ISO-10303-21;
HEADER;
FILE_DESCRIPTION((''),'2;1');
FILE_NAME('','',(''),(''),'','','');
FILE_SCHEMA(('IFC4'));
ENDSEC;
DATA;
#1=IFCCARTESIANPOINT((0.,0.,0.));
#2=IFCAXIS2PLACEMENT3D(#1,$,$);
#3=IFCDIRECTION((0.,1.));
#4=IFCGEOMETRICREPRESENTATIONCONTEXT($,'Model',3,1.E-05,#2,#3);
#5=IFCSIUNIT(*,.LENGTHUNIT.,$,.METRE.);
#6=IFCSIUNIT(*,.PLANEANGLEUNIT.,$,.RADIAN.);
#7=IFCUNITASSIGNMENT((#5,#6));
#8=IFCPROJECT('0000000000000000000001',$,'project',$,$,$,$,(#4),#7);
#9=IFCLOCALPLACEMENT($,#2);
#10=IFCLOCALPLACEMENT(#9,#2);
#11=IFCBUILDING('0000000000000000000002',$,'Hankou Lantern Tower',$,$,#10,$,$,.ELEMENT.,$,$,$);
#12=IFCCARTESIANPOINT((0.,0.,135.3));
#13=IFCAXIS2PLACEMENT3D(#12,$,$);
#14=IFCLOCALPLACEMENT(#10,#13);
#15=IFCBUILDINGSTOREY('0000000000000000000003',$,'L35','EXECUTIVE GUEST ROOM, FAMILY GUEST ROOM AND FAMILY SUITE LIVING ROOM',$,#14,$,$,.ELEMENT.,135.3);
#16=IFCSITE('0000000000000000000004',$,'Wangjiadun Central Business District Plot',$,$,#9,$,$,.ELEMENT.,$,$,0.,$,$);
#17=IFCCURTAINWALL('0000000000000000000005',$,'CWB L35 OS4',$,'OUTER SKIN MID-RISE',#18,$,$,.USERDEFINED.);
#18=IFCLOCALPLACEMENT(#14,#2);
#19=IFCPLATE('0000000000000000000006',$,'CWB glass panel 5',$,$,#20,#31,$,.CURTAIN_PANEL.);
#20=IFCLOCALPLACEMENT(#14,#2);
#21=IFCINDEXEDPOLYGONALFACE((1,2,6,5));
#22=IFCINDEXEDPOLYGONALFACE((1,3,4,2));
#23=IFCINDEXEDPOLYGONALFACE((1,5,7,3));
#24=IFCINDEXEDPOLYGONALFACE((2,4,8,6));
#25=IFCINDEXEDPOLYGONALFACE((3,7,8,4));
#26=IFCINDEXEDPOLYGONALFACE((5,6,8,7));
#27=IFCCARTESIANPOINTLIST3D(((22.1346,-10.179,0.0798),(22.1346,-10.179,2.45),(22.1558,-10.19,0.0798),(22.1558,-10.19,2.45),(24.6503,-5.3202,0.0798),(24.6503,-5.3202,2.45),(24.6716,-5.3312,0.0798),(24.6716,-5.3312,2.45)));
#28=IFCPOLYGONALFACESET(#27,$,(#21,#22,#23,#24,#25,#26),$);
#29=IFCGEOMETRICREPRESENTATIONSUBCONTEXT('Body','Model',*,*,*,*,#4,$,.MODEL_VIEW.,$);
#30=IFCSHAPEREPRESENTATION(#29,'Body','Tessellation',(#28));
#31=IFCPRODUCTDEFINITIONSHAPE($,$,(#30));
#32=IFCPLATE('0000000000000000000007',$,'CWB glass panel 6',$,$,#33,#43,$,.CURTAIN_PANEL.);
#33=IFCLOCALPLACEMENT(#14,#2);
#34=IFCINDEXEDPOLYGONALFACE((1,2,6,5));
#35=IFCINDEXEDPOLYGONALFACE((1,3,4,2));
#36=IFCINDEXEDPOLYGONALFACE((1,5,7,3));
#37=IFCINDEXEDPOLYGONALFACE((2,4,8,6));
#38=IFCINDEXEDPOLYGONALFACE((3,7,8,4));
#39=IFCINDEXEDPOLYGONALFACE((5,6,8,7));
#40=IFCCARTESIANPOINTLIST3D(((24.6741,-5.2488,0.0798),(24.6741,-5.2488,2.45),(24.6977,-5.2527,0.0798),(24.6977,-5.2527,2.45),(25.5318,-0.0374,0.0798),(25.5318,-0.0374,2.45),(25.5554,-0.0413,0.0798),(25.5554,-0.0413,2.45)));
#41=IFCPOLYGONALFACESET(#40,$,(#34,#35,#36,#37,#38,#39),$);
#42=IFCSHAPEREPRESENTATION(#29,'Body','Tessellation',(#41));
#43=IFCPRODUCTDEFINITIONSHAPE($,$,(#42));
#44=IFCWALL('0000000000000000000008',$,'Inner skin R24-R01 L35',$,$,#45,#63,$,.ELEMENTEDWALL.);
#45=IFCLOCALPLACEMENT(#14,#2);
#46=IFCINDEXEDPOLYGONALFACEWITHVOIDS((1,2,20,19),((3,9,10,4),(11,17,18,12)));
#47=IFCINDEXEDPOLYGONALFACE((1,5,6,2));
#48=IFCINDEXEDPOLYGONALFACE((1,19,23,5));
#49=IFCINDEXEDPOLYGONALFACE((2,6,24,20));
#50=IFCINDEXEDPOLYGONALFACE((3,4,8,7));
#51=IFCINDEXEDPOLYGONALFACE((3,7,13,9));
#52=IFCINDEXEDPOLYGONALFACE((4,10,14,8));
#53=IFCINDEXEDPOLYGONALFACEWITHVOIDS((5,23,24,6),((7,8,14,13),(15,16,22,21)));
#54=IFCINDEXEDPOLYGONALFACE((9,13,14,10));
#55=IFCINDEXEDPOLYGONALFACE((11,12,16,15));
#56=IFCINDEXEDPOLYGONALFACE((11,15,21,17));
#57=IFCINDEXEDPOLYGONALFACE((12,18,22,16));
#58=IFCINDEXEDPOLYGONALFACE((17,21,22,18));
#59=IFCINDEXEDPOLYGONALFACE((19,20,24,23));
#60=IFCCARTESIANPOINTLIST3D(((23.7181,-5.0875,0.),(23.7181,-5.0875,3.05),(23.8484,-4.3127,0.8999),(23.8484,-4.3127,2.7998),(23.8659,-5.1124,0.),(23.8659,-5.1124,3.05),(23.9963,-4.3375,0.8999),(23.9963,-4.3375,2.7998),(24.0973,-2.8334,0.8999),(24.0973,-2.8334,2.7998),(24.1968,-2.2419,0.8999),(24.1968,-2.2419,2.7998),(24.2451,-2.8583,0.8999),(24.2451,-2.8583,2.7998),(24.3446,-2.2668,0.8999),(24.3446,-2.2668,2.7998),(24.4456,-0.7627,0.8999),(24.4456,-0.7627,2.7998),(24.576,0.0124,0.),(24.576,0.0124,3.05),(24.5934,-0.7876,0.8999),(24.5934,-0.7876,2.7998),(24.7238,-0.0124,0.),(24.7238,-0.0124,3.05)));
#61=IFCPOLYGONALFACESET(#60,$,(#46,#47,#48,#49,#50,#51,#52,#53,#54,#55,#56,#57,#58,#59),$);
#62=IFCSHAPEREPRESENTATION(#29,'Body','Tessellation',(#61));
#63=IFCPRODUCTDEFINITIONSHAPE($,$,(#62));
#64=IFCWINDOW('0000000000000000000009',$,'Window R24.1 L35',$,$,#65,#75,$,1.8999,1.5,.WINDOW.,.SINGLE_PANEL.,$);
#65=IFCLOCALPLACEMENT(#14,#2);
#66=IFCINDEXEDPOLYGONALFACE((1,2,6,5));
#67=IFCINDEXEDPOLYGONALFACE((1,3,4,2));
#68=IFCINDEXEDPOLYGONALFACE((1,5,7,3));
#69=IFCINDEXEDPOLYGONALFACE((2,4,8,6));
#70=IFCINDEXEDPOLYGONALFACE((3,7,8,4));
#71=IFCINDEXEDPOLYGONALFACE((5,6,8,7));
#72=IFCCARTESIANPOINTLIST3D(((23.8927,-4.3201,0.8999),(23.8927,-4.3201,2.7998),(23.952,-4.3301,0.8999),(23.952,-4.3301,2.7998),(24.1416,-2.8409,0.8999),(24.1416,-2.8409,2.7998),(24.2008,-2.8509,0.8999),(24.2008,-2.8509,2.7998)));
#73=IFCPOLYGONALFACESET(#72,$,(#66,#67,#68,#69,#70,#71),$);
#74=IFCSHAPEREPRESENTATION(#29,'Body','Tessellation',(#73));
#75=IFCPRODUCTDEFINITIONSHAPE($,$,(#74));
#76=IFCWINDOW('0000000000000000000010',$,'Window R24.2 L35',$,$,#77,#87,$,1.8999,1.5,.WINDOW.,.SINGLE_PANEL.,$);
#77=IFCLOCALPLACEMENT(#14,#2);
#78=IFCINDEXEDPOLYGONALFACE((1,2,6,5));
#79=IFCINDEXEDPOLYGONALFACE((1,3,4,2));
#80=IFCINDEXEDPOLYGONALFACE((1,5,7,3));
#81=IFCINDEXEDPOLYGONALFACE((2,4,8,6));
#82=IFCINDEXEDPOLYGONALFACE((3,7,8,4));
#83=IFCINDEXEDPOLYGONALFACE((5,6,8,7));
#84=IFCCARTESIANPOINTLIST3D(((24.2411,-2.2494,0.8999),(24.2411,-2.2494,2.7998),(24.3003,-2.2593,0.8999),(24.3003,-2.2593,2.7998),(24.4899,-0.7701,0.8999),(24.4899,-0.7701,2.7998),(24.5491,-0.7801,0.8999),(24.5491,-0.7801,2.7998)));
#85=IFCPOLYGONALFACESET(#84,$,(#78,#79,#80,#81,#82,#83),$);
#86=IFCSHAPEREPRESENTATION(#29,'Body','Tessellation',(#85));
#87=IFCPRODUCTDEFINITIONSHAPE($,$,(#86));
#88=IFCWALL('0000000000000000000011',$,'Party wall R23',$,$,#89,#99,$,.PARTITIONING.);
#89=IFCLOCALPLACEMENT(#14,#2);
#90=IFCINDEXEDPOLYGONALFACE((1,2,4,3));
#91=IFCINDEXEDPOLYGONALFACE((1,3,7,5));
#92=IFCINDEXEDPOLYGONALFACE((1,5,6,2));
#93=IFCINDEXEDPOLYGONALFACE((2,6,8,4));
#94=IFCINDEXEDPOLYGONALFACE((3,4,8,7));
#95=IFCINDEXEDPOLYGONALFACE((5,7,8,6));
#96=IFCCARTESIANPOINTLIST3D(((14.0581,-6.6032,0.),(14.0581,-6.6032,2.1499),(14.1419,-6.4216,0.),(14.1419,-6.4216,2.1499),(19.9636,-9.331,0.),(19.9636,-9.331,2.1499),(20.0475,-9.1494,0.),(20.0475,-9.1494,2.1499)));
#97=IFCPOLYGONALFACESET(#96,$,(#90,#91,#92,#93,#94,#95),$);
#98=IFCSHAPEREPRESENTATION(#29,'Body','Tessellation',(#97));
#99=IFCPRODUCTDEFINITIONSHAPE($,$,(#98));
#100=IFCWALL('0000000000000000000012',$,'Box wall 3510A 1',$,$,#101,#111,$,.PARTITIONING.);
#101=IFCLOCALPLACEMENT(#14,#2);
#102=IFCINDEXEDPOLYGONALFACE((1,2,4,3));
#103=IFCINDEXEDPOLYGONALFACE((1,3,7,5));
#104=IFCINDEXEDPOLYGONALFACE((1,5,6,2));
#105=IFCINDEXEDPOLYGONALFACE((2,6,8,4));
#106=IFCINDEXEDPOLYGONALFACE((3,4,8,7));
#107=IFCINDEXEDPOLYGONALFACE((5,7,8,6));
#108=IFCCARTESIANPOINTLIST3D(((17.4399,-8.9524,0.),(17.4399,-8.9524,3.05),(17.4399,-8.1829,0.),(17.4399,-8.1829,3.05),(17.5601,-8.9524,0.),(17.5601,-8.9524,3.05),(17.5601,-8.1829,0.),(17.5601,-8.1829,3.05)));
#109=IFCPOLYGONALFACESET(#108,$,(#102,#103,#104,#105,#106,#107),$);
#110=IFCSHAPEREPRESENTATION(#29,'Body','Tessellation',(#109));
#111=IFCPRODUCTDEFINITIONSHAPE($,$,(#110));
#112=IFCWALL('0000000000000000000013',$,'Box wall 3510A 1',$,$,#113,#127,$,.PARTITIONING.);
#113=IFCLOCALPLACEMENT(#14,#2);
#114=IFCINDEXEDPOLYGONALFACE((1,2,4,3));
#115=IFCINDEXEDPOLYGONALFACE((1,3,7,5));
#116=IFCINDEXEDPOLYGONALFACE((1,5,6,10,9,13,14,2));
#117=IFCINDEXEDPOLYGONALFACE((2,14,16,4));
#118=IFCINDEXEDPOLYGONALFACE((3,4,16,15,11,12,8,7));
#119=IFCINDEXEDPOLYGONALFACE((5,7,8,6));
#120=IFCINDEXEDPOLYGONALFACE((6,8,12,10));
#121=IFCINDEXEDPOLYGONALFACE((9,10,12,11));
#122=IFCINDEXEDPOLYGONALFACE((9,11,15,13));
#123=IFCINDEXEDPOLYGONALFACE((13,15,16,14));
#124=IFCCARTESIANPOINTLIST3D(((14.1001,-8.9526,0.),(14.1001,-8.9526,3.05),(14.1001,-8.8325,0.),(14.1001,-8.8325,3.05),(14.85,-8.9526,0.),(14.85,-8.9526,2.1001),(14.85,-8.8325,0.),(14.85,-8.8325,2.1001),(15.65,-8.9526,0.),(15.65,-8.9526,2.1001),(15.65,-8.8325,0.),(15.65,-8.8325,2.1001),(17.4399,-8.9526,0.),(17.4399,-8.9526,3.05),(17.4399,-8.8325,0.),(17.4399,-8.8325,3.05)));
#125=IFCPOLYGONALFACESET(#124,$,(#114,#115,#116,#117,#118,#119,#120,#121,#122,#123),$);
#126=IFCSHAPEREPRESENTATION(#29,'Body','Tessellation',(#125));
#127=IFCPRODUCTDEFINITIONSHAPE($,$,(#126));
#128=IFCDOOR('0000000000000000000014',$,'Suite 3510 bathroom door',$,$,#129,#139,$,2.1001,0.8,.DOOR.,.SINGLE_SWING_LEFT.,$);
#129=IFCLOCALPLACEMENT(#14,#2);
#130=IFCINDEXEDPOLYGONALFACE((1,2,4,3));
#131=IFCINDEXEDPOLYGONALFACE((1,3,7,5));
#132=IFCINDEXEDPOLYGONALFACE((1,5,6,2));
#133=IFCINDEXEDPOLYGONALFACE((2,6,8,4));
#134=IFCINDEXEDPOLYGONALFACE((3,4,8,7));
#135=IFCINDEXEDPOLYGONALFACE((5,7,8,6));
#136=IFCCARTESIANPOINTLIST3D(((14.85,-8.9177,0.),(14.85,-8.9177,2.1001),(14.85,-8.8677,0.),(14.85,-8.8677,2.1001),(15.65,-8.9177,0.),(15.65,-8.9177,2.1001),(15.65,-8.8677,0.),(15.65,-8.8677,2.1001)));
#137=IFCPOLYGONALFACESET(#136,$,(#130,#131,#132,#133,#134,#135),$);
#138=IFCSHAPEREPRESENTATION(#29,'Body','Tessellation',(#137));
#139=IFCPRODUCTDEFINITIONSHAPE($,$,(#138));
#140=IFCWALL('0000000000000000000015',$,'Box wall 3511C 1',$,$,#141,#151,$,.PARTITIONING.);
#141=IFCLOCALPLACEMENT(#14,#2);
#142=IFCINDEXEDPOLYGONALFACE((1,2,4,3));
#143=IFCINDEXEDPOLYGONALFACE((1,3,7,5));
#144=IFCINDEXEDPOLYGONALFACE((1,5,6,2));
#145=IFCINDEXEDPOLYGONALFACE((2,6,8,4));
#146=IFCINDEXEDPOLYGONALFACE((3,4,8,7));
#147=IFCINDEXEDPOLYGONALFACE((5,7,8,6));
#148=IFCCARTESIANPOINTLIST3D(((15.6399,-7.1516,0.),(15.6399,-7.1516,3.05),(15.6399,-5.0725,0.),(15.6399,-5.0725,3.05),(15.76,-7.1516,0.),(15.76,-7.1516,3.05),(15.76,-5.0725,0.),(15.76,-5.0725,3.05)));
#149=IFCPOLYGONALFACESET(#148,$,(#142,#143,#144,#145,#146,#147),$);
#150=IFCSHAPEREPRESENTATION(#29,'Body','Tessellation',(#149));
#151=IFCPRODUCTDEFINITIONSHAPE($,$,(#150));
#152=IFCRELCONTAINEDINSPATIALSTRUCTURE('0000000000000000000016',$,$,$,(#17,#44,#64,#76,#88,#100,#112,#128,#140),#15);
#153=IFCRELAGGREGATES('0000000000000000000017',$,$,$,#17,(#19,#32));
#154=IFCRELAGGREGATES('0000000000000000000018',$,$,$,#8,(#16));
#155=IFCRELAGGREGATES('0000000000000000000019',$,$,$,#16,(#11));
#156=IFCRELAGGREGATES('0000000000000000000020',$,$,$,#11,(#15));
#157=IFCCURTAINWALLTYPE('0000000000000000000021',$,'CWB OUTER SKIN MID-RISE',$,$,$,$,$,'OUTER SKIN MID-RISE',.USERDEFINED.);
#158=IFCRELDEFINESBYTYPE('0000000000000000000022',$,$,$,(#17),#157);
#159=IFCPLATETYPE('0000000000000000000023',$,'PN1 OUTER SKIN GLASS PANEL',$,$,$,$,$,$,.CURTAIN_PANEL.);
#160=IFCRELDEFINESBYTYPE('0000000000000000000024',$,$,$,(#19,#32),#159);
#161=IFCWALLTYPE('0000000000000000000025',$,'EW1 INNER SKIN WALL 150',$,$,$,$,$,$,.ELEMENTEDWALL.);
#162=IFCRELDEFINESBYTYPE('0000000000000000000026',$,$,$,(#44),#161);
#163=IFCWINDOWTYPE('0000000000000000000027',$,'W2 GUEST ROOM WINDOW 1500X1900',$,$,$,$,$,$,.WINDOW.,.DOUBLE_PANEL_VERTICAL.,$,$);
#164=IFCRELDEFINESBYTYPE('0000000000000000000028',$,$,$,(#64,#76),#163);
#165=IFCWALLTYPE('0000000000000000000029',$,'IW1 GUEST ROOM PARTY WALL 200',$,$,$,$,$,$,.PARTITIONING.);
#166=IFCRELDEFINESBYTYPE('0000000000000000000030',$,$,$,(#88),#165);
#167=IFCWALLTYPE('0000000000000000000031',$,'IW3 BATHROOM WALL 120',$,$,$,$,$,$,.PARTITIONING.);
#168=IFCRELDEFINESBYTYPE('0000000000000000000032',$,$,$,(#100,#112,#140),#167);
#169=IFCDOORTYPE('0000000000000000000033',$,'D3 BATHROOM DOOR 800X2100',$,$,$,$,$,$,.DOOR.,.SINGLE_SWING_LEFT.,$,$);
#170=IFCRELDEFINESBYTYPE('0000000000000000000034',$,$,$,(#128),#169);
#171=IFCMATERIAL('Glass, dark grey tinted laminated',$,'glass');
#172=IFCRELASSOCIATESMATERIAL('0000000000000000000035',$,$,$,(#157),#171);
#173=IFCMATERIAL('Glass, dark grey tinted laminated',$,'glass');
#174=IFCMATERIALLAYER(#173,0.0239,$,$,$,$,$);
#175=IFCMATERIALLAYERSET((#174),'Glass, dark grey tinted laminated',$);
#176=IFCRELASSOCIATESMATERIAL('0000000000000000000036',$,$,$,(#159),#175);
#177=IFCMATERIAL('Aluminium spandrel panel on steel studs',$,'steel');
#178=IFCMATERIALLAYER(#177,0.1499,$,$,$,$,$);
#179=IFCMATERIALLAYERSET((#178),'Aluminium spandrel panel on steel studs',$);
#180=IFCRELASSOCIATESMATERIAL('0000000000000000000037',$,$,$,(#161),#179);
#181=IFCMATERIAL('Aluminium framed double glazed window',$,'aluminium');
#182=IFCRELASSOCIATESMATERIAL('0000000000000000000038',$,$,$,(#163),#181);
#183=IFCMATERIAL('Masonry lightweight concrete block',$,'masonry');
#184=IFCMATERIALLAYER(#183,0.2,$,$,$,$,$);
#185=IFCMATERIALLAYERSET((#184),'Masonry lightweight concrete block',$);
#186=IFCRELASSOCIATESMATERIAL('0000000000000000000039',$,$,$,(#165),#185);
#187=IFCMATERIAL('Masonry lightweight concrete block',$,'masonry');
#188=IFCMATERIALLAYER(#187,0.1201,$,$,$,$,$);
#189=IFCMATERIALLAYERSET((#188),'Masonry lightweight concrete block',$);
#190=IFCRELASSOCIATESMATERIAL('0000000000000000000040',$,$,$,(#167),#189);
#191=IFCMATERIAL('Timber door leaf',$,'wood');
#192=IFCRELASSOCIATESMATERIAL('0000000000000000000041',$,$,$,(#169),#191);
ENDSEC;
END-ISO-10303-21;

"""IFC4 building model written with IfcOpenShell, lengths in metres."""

from ifc_helpers import new_model, si_unit, direction, frame, frame_2d, origin, origin_2d, place, context, subcontext, project, spatial, rectangle, extrude, material, layer, layer_set, type_object, element, fill, aggregate, save


model = new_model("IFC4")

# Units and contexts
model_context = context("Model", 3, precision=1e-05, world=origin(), true_north=direction((0.0, 1.0)))
body_context = subcontext(model_context, "Body", "Model", "MODEL_VIEW")
ifc_project = project(units=[si_unit("LENGTHUNIT", "METRE"), si_unit("PLANEANGLEUNIT", "RADIAN")], contexts=[model_context])

# Site, building, storey
site_placement = place(None, origin())
site = spatial("IfcSite", under=ifc_project, at=site_placement, Name="Wangjiadun Central Business District Plot", CompositionType="ELEMENT", RefElevation=0.0)
building_placement = place(site_placement, origin())
building = spatial("IfcBuilding", under=site, at=building_placement, Name="Hankou Lantern Tower", CompositionType="ELEMENT")
storey_placement = place(building_placement, frame((0.0, 0.0, 135.3)))
storey = spatial("IfcBuildingStorey", under=building, at=storey_placement, Name="L35", Description="EXECUTIVE GUEST ROOM, FAMILY GUEST ROOM AND FAMILY SUITE LIVING ROOM", CompositionType="ELEMENT", Elevation=135.3)

# Curtain wall
ifc_material_1 = material(Name="Glass, dark grey tinted laminated", Category="glass")
curtain_wall_type = type_object("IfcCurtainWallType", Name="CWB OUTER SKIN MID-RISE", ElementType="OUTER SKIN MID-RISE", PredefinedType="USERDEFINED", material=ifc_material_1)
curtain_wall_placement = place(storey_placement, origin())
curtain_wall = element("IfcCurtainWall", 1, at=curtain_wall_placement, inside=storey, type_object=curtain_wall_type, Name="CWB L35 OS4", ObjectType="OUTER SKIN MID-RISE", PredefinedType="USERDEFINED")

# Plates
ifc_material_2 = material(Name="Glass, dark grey tinted laminated", Category="glass")
ifc_layer_1 = layer(ifc_material_2, 0.0239)
ifc_layer_set_1 = layer_set([ifc_layer_1], Name="Glass, dark grey tinted laminated")
plate_type = type_object("IfcPlateType", Name="PN1 OUTER SKIN GLASS PANEL", PredefinedType="CURTAIN_PANEL", material=ifc_layer_set_1)
plate_1_placement = place(storey_placement, frame((23.4031, -7.7551, 0.0798), z_axis=(0.0, 0.0, 1.0), x_axis=(0.459791, 0.888027, 0.0)))
plate_1 = element("IfcPlate", 2, at=plate_1_placement, type_object=plate_type, Name="CWB glass panel 5", PredefinedType="CURTAIN_PANEL", context=body_context, shape_type="SweptSolid", body=[
    extrude(rectangle(XDim=5.4714, YDim=0.0239, at=origin_2d()), origin(), (0.0, 0.0, 1.0), 2.3701),
])
plate_2_placement = place(storey_placement, frame((25.1147, -2.645, 0.0798), z_axis=(0.0, 0.0, 1.0), x_axis=(0.162382, 0.986728, 0.0)))
plate_2 = element("IfcPlate", 3, at=plate_2_placement, type_object=plate_type, Name="CWB glass panel 6", PredefinedType="CURTAIN_PANEL", context=body_context, shape_type="SweptSolid", body=[
    extrude(rectangle(XDim=5.2815, YDim=0.0239, at=origin_2d()), origin(), (0.0, 0.0, 1.0), 2.3701),
])
aggregate(curtain_wall, [plate_1, plate_2])

# Wall, openings, windows
ifc_material_3 = material(Name="Aluminium spandrel panel on steel studs", Category="steel")
ifc_layer_2 = layer(ifc_material_3, 0.1499)
ifc_layer_set_2 = layer_set([ifc_layer_2], Name="Aluminium spandrel panel on steel studs")
wall_type_1 = type_object("IfcWallType", Name="EW1 INNER SKIN WALL 150", PredefinedType="ELEMENTEDWALL", material=ifc_layer_set_2)
wall_1_placement = place(storey_placement, frame((23.792, -5.1001, 0.0), z_axis=(0.0, 0.0, 1.0), x_axis=(0.165884, 0.986145, 0.0)))
wall_1 = element("IfcWall", 4, at=wall_1_placement, inside=storey, type_object=wall_type_1, Name="Inner skin R24-R01 L35", PredefinedType="ELEMENTEDWALL", context=body_context, shape_type="SweptSolid", body=[
    extrude(rectangle(XDim=5.1716, YDim=0.1499, at=frame_2d((2.5859, 0.0))), origin(), (0.0, 0.0, 1.0), 3.05),
])
opening_1_placement = place(wall_1_placement, frame((0.7859, 0.0, 0.8999)))
opening_1 = element("IfcOpeningElement", 5, at=opening_1_placement, cuts=wall_1, PredefinedType="OPENING", context=body_context, shape_type="SweptSolid", body=[
    extrude(rectangle(XDim=1.5, YDim=1.8999, at=frame_2d((0.75, 0.95))), frame((0.0, 0.085, 0.0), z_axis=(0.0, -1.0, 0.0), x_axis=(1.0, 0.0, 0.0)), (0.0, 0.0, 1.0), 0.1699),
])
opening_2_placement = place(wall_1_placement, frame((2.8857, 0.0, 0.8999)))
opening_2 = element("IfcOpeningElement", 6, at=opening_2_placement, cuts=wall_1, PredefinedType="OPENING", context=body_context, shape_type="SweptSolid", body=[
    extrude(rectangle(XDim=1.5, YDim=1.8999, at=frame_2d((0.75, 0.95))), frame((0.0, 0.085, 0.0), z_axis=(0.0, -1.0, 0.0), x_axis=(1.0, 0.0, 0.0)), (0.0, 0.0, 1.0), 0.1699),
])
ifc_material_4 = material(Name="Aluminium framed double glazed window", Category="aluminium")
window_type = type_object("IfcWindowType", Name="W2 GUEST ROOM WINDOW 1500X1900", PartitioningType="DOUBLE_PANEL_VERTICAL", PredefinedType="WINDOW", material=ifc_material_4)
window_1_placement = place(opening_1_placement, origin())
window_1 = element("IfcWindow", 7, at=window_1_placement, inside=storey, type_object=window_type, Name="Window R24.1 L35", OverallHeight=1.8999, OverallWidth=1.5, PartitioningType="SINGLE_PANEL", PredefinedType="WINDOW", context=body_context, shape_type="SweptSolid", body=[
    extrude(rectangle(XDim=1.5, YDim=1.8999, at=frame_2d((0.75, 0.95))), frame((0.0, 0.03, 0.0), z_axis=(0.0, -1.0, 0.0), x_axis=(1.0, 0.0, 0.0)), (0.0, 0.0, 1.0), 0.0601),
])
fill(opening_1, window_1)
window_2_placement = place(opening_2_placement, origin())
window_2 = element("IfcWindow", 8, at=window_2_placement, inside=storey, type_object=window_type, Name="Window R24.2 L35", OverallHeight=1.8999, OverallWidth=1.5, PartitioningType="SINGLE_PANEL", PredefinedType="WINDOW", context=body_context, shape_type="SweptSolid", body=[
    extrude(rectangle(XDim=1.5, YDim=1.8999, at=frame_2d((0.75, 0.95))), frame((0.0, 0.03, 0.0), z_axis=(0.0, -1.0, 0.0), x_axis=(1.0, 0.0, 0.0)), (0.0, 0.0, 1.0), 0.0601),
])
fill(opening_2, window_2)

# Walls
ifc_material_5 = material(Name="Masonry lightweight concrete block", Category="masonry")
ifc_layer_3 = layer(ifc_material_5, 0.2)
ifc_layer_set_3 = layer_set([ifc_layer_3], Name="Masonry lightweight concrete block")
wall_type_2 = type_object("IfcWallType", Name="IW1 GUEST ROOM PARTY WALL 200", PredefinedType="PARTITIONING", material=ifc_layer_set_3)
wall_2_placement = place(storey_placement, frame((14.1001, -6.5125, 0.0), z_axis=(0.0, 0.0, 1.0), x_axis=(0.907833, -0.419332, 0.0)))
element("IfcWall", 9, at=wall_2_placement, inside=storey, type_object=wall_type_2, Name="Party wall R23", PredefinedType="PARTITIONING", context=body_context, shape_type="SweptSolid", body=[
    extrude(rectangle(XDim=6.5051, YDim=0.2, at=frame_2d((3.2524, 0.0))), origin(), (0.0, 0.0, 1.0), 2.1499),
])
ifc_material_6 = material(Name="Masonry lightweight concrete block", Category="masonry")
ifc_layer_4 = layer(ifc_material_6, 0.1201)
ifc_layer_set_4 = layer_set([ifc_layer_4], Name="Masonry lightweight concrete block")
wall_type_3 = type_object("IfcWallType", Name="IW3 BATHROOM WALL 120", PredefinedType="PARTITIONING", material=ifc_layer_set_4)
wall_3_placement = place(storey_placement, frame((17.5, -8.1829, 0.0), z_axis=(0.0, 0.0, 1.0), x_axis=(0.0, -1.0, 0.0)))
element("IfcWall", 10, at=wall_3_placement, inside=storey, type_object=wall_type_3, Name="Box wall 3510A 1", PredefinedType="PARTITIONING", context=body_context, shape_type="SweptSolid", body=[
    extrude(rectangle(XDim=0.7695, YDim=0.1201, at=frame_2d((0.3848, 0.0))), origin(), (0.0, 0.0, 1.0), 3.05),
])

# Wall, opening, door
wall_4_placement = place(storey_placement, frame((14.1001, -8.8926, 0.0), z_axis=(0.0, 0.0, 1.0), x_axis=(1.0, 0.0, 0.0)))
wall_4 = element("IfcWall", 11, at=wall_4_placement, inside=storey, type_object=wall_type_3, Name="Box wall 3510A 1", PredefinedType="PARTITIONING", context=body_context, shape_type="SweptSolid", body=[
    extrude(rectangle(XDim=3.3398, YDim=0.1201, at=frame_2d((1.6699, 0.0))), origin(), (0.0, 0.0, 1.0), 3.05),
])
opening_3_placement = place(wall_4_placement, frame((0.75, 0.0, 0.0)))
opening_3 = element("IfcOpeningElement", 12, at=opening_3_placement, cuts=wall_4, PredefinedType="OPENING", context=body_context, shape_type="SweptSolid", body=[
    extrude(rectangle(XDim=0.8, YDim=2.1001, at=frame_2d((0.3999, 1.05))), frame((0.0, 0.0701, 0.0), z_axis=(0.0, -1.0, 0.0), x_axis=(1.0, 0.0, 0.0)), (0.0, 0.0, 1.0), 0.1401),
])
ifc_material_7 = material(Name="Timber door leaf", Category="wood")
door_type_1 = type_object("IfcDoorType", Name="D3 BATHROOM DOOR 800X2100", OperationType="SINGLE_SWING_LEFT", PredefinedType="DOOR", material=ifc_material_7)
door_1_placement = place(opening_3_placement, origin())
door_1 = element("IfcDoor", 13, at=door_1_placement, inside=storey, type_object=door_type_1, Name="Suite 3510 bathroom door", OperationType="SINGLE_SWING_LEFT", OverallHeight=2.1001, OverallWidth=0.8, PredefinedType="DOOR", context=body_context, shape_type="SweptSolid", body=[
    extrude(rectangle(XDim=0.8, YDim=2.1001, at=frame_2d((0.3999, 1.05))), frame((0.0, 0.0249, 0.0), z_axis=(0.0, -1.0, 0.0), x_axis=(1.0, 0.0, 0.0)), (0.0, 0.0, 1.0), 0.05),
])
fill(opening_3, door_1)

# Wall
wall_5_placement = place(storey_placement, frame((15.7, -7.1516, 0.0), z_axis=(0.0, 0.0, 1.0), x_axis=(0.0, 1.0, 0.0)))
element("IfcWall", 14, at=wall_5_placement, inside=storey, type_object=wall_type_3, Name="Box wall 3511C 1", PredefinedType="PARTITIONING", context=body_context, shape_type="SweptSolid", body=[
    extrude(rectangle(XDim=2.0791, YDim=0.1201, at=frame_2d((1.0396, 0.0))), origin(), (0.0, 0.0, 1.0), 3.05),
])

save(model, "model.ifc")
